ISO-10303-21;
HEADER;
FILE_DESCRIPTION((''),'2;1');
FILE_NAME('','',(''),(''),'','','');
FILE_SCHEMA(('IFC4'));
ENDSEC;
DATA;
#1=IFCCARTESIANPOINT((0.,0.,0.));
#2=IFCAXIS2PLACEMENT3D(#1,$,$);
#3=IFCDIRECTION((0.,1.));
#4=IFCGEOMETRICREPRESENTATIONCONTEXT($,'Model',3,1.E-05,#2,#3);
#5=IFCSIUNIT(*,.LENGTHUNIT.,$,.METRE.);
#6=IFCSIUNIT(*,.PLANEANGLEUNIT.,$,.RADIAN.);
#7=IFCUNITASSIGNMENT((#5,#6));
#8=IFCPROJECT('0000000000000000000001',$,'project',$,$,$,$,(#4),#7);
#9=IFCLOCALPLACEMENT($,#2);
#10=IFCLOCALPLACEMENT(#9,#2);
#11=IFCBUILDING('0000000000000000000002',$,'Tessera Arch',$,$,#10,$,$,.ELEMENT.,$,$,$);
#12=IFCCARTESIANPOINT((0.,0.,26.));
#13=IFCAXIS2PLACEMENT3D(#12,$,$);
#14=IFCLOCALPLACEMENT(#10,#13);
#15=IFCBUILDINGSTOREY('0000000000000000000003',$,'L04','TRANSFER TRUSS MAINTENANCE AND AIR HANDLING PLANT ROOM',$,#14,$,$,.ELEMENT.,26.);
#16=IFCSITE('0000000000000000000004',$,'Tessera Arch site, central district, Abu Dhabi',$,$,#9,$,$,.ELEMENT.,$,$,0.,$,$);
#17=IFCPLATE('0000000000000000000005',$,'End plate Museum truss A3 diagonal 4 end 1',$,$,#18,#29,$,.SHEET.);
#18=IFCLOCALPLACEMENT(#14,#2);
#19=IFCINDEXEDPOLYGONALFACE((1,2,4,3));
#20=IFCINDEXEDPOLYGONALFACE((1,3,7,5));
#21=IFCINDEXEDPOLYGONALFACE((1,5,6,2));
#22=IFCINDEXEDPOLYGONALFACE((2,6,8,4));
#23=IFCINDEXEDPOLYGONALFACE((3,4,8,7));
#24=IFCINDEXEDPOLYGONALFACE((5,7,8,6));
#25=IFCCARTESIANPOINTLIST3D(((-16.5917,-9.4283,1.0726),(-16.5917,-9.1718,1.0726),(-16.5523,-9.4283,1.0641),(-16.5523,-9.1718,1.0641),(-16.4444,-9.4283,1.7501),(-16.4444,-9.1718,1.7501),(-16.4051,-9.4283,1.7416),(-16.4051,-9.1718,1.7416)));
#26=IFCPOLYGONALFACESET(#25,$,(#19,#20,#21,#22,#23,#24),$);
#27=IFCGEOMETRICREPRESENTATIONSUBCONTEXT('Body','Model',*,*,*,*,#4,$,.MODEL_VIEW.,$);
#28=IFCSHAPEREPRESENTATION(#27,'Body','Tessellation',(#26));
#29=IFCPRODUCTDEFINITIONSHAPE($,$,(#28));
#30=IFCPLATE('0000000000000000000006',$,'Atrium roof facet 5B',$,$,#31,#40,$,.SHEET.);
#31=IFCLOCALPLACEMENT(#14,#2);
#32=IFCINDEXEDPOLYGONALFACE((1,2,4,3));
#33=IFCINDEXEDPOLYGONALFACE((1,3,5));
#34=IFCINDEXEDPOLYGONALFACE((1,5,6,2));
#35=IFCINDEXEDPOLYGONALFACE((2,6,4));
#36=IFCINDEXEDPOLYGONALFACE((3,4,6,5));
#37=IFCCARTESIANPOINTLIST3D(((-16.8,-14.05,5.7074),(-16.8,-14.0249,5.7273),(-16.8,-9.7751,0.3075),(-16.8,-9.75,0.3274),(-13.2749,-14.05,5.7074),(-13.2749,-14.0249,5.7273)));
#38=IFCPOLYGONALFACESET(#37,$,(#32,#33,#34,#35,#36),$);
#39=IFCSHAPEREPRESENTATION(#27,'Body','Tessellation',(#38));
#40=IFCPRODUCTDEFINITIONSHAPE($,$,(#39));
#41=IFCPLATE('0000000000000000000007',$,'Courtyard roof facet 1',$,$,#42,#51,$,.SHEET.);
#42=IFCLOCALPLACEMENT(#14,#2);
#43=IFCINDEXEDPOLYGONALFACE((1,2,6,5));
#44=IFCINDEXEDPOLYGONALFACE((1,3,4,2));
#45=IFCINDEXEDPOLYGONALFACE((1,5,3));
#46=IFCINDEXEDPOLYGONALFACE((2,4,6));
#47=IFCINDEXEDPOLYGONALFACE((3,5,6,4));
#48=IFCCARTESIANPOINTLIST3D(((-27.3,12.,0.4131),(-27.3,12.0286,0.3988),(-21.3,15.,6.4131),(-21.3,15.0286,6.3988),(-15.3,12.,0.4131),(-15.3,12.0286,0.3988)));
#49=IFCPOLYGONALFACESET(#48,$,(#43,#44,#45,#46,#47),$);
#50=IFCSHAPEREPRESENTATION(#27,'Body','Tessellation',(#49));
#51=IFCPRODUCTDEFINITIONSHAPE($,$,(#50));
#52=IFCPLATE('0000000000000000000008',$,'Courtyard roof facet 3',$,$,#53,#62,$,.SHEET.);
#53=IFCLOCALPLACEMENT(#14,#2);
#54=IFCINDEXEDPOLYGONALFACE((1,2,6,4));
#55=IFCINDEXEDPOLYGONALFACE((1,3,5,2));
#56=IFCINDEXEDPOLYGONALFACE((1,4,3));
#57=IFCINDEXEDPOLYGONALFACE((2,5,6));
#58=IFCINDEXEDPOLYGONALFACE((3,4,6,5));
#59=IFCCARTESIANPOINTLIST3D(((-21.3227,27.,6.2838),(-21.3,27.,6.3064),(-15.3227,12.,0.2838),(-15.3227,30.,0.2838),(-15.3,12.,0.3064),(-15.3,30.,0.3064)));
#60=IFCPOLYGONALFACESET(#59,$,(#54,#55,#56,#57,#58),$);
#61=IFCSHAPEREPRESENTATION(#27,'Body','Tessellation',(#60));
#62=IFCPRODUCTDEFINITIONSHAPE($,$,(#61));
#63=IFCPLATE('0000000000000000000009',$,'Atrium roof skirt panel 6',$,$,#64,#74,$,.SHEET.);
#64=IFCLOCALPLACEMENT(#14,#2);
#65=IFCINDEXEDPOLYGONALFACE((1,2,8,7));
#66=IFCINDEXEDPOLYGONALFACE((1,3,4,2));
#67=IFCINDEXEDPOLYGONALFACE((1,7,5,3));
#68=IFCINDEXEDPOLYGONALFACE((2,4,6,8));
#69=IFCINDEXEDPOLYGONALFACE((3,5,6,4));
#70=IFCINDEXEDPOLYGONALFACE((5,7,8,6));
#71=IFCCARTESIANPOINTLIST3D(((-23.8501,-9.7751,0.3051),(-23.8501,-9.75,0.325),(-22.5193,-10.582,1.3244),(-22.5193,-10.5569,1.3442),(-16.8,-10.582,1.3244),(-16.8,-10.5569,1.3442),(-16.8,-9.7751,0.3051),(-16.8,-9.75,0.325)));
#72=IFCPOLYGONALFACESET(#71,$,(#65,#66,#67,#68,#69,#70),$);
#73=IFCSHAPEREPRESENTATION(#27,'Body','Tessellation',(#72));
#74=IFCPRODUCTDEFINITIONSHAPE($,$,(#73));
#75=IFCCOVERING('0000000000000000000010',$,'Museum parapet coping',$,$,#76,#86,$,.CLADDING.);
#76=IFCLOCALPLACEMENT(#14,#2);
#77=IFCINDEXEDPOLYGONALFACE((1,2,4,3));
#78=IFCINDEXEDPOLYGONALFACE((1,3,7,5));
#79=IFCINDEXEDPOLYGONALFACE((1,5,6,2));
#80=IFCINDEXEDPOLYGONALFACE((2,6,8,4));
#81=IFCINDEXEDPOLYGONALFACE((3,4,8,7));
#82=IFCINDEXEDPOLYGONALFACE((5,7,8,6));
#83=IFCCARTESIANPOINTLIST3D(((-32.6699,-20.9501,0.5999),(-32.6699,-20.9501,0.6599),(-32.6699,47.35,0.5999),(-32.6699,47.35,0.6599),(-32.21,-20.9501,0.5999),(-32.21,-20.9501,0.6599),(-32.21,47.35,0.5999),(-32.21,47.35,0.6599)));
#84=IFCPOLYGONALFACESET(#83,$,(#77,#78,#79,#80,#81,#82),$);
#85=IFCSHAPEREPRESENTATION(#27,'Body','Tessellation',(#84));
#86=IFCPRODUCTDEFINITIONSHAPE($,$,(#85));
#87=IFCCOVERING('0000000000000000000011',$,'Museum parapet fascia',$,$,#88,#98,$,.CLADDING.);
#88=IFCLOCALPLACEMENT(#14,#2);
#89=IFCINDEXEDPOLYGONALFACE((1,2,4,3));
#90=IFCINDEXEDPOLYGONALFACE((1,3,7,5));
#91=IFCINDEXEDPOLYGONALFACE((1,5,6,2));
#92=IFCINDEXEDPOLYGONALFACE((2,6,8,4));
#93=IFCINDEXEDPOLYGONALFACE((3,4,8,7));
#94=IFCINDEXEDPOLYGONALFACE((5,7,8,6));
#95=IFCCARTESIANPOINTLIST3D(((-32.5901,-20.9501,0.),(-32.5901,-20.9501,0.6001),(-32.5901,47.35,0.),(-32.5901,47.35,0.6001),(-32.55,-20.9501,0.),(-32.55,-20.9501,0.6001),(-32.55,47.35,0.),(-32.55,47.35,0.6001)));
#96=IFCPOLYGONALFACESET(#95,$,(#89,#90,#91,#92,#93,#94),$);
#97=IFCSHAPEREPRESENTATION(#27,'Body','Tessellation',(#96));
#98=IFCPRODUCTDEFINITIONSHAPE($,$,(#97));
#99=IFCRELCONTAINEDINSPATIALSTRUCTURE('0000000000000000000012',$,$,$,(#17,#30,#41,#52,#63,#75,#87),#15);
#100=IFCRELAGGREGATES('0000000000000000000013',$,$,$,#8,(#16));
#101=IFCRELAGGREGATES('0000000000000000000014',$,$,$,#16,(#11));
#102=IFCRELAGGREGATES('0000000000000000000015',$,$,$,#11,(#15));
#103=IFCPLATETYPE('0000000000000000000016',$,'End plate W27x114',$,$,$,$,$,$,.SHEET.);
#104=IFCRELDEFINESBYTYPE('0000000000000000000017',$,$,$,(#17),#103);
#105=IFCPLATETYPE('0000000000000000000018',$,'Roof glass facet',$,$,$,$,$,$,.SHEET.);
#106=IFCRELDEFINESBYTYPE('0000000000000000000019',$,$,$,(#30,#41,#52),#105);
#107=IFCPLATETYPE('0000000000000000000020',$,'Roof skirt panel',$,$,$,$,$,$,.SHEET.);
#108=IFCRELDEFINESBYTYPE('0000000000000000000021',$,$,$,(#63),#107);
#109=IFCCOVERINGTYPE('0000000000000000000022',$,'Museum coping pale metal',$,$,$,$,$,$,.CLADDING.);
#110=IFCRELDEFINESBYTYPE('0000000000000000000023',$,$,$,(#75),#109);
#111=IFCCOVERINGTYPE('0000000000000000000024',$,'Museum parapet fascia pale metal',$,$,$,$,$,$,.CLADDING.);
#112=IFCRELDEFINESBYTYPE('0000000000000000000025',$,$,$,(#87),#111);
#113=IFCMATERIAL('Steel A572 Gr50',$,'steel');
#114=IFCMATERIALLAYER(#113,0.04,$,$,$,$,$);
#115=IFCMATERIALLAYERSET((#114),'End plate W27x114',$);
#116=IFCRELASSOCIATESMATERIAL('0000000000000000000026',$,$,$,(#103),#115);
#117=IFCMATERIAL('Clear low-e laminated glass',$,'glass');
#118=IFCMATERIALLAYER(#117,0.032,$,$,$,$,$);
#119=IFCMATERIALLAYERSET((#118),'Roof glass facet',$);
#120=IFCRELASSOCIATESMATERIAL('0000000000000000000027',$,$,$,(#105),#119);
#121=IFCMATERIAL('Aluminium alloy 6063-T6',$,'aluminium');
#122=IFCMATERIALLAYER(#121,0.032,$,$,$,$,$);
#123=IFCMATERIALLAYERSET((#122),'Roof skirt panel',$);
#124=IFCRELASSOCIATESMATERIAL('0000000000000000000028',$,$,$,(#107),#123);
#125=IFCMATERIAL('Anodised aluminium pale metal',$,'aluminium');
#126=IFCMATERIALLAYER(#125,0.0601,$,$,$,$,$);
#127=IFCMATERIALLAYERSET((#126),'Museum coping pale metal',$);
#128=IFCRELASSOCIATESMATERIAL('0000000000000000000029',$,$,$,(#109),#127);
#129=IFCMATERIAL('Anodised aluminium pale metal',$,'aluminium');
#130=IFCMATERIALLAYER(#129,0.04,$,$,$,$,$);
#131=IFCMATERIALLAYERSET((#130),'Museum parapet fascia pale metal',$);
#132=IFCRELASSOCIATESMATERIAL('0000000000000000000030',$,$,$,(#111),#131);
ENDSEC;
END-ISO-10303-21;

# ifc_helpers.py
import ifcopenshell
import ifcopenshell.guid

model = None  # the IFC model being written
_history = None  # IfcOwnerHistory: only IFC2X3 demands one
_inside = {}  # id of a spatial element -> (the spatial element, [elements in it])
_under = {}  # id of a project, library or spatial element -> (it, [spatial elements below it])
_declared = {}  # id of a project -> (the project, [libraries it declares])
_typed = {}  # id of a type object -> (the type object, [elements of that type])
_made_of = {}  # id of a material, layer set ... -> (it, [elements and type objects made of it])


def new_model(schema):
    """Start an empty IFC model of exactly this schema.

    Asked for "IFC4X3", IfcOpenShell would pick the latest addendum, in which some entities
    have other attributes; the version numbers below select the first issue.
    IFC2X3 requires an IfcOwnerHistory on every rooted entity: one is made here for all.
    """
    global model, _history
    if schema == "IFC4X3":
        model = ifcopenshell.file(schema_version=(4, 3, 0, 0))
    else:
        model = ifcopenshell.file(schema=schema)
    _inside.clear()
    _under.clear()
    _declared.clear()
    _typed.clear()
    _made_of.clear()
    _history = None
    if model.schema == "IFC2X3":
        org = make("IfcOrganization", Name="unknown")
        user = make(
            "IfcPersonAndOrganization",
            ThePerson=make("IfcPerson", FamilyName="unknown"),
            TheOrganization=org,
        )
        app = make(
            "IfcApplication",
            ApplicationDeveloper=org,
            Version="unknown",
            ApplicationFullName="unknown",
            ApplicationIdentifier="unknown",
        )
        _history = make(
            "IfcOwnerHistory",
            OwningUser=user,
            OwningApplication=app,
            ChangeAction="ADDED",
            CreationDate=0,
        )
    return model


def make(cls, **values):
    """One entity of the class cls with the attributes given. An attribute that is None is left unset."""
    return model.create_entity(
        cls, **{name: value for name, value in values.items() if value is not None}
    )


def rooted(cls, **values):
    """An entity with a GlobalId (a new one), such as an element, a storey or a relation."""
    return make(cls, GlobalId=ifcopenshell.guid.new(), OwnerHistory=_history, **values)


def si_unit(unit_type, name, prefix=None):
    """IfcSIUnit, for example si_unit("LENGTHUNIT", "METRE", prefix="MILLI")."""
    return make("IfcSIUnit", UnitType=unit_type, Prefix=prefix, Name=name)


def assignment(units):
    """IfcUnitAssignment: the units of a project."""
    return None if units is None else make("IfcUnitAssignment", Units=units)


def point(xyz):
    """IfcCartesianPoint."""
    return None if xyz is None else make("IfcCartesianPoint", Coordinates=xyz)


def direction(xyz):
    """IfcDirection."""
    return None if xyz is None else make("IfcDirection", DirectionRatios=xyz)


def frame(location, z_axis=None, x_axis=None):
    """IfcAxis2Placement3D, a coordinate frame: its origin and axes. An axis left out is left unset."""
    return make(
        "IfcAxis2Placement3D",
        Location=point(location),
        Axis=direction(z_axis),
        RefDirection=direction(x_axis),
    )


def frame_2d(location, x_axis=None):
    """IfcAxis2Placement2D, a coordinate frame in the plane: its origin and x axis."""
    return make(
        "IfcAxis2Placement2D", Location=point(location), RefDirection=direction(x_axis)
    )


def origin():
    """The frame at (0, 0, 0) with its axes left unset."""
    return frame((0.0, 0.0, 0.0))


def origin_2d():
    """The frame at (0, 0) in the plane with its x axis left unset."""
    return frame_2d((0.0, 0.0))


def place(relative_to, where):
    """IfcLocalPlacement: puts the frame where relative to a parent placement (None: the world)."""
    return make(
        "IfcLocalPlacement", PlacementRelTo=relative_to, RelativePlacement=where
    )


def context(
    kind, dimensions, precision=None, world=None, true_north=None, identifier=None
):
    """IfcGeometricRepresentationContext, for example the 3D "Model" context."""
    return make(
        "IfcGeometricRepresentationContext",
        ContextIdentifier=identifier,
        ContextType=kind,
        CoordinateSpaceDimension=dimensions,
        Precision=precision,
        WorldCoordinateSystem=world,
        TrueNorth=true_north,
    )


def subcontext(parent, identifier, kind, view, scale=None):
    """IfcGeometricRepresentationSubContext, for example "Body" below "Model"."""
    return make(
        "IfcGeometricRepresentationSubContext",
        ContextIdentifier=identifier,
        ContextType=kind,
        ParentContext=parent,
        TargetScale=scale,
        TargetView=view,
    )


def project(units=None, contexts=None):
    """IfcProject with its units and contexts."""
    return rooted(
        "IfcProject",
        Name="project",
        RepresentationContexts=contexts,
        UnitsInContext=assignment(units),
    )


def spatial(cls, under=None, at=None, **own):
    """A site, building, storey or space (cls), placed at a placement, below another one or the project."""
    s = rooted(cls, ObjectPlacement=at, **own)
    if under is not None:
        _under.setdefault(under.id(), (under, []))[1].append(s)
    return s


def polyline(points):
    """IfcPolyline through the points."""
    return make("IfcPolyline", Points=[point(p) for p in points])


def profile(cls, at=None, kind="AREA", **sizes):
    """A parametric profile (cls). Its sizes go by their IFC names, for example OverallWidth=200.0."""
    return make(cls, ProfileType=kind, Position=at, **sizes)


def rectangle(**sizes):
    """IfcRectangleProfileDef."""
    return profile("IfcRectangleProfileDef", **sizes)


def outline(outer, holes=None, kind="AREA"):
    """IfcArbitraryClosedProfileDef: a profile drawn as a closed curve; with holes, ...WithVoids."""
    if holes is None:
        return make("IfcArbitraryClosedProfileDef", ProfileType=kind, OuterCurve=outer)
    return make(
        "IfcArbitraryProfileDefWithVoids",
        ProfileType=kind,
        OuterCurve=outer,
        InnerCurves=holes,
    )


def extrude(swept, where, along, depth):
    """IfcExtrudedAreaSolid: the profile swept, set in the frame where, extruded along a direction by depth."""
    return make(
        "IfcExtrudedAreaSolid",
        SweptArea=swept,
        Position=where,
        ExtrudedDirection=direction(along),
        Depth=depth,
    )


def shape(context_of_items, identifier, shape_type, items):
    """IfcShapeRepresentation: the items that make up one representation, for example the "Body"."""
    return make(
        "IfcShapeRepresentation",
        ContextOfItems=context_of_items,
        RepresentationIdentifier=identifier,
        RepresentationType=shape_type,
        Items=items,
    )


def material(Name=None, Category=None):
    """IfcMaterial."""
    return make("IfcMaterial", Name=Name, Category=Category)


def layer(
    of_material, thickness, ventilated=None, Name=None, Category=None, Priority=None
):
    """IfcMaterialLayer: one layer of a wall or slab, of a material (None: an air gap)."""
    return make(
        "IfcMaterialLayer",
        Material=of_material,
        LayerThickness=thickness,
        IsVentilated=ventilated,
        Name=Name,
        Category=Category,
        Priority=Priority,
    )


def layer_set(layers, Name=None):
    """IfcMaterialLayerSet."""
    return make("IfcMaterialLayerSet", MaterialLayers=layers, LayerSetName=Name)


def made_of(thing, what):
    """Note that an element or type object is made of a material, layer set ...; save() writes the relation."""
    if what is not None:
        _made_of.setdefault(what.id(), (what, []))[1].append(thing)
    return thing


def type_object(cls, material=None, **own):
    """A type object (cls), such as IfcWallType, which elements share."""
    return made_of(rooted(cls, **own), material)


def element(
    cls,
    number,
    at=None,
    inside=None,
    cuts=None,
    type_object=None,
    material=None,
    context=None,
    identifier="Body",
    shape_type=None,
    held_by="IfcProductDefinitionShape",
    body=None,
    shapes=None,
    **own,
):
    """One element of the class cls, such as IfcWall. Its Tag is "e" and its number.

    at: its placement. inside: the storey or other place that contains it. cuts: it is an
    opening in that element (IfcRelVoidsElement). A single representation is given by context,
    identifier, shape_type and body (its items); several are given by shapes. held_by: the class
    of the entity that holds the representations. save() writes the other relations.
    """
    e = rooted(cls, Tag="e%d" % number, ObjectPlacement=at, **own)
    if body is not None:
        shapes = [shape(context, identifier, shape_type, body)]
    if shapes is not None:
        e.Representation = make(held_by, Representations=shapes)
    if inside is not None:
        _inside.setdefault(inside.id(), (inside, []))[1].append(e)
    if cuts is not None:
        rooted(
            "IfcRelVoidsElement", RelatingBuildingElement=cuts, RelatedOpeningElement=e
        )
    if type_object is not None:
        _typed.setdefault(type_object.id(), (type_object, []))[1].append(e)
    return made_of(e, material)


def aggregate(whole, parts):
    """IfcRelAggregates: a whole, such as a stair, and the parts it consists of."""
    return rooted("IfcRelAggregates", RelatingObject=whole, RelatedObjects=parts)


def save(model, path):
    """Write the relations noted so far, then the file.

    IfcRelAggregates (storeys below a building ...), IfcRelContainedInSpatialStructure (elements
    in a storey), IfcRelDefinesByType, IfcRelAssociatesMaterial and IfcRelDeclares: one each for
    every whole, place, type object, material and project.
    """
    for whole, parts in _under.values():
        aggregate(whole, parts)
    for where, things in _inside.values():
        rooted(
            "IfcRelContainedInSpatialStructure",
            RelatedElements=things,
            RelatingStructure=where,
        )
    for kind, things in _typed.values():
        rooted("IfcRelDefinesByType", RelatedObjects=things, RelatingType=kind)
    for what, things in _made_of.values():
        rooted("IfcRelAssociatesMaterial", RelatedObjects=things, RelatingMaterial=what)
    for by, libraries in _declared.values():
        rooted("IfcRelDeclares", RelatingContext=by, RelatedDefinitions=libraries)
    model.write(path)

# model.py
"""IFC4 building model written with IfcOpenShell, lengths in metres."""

from ifc_helpers import new_model, si_unit, direction, frame, origin, origin_2d, place, context, subcontext, project, spatial, polyline, rectangle, outline, extrude, material, layer, layer_set, type_object, element, save


model = new_model("IFC4")

# Units and contexts
model_context = context("Model", 3, precision=1e-05, world=origin(), true_north=direction((0.0, 1.0)))
body_context = subcontext(model_context, "Body", "Model", "MODEL_VIEW")
ifc_project = project(units=[si_unit("LENGTHUNIT", "METRE"), si_unit("PLANEANGLEUNIT", "RADIAN")], contexts=[model_context])

# Site, building, storey
site_placement = place(None, origin())
site = spatial("IfcSite", under=ifc_project, at=site_placement, Name="Tessera Arch site, central district, Abu Dhabi", CompositionType="ELEMENT", RefElevation=0.0)
building_placement = place(site_placement, origin())
building = spatial("IfcBuilding", under=site, at=building_placement, Name="Tessera Arch", CompositionType="ELEMENT")
storey_placement = place(building_placement, frame((0.0, 0.0, 26.0)))
storey = spatial("IfcBuildingStorey", under=building, at=storey_placement, Name="L04", Description="TRANSFER TRUSS MAINTENANCE AND AIR HANDLING PLANT ROOM", CompositionType="ELEMENT", Elevation=26.0)

# Plates
ifc_material_1 = material(Name="Steel A572 Gr50", Category="steel")
ifc_layer_1 = layer(ifc_material_1, 0.04)
ifc_layer_set_1 = layer_set([ifc_layer_1], Name="End plate W27x114")
plate_type_1 = type_object("IfcPlateType", Name="End plate W27x114", PredefinedType="SHEET", material=ifc_layer_set_1)
plate_1_placement = place(storey_placement, frame((-16.5181, -9.3, 1.4114), z_axis=(0.977176, 0.0, -0.21243), x_axis=(0.0, 1.0, 0.0)))
element("IfcPlate", 1, at=plate_1_placement, inside=storey, type_object=plate_type_1, Name="End plate Museum truss A3 diagonal 4 end 1", PredefinedType="SHEET", context=body_context, shape_type="SweptSolid", body=[
    extrude(rectangle(XDim=0.2566, YDim=0.6934, at=origin_2d()), origin(), (0.0, 0.0, 1.0), 0.0403),
])
ifc_material_2 = material(Name="Clear low-e laminated glass", Category="glass")
ifc_layer_2 = layer(ifc_material_2, 0.032)
ifc_layer_set_2 = layer_set([ifc_layer_2], Name="Roof glass facet")
plate_type_2 = type_object("IfcPlateType", Name="Roof glass facet", PredefinedType="SHEET", material=ifc_layer_set_2)
plate_2_placement = place(storey_placement, frame((-16.8, -9.75, 0.3274), z_axis=(0.0, 0.784047, 0.620701), x_axis=(0.0, -0.620701, 0.784047)))
element("IfcPlate", 2, at=plate_2_placement, inside=storey, type_object=plate_type_2, Name="Atrium roof facet 5B", PredefinedType="SHEET", context=body_context, shape_type="SweptSolid", body=[
    extrude(outline(polyline([(0.0, 0.0), (6.8872, 0.0), (6.8872, 3.5251), (0.0, 0.0)])), origin(), (0.0, 0.0, -1.0), 0.032),
])
plate_3_placement = place(storey_placement, frame((-27.3, 12.0, 0.4131), z_axis=(0.0, -0.894427, 0.447214), x_axis=(1.0, 0.0, 0.0)))
element("IfcPlate", 3, at=plate_3_placement, inside=storey, type_object=plate_type_2, Name="Courtyard roof facet 1", PredefinedType="SHEET", context=body_context, shape_type="SweptSolid", body=[
    extrude(outline(polyline([(0.0, 0.0), (12.0, 0.0), (6.0, 6.7082), (0.0, 0.0)])), origin(), (0.0, 0.0, -1.0), 0.032),
])
plate_4_placement = place(storey_placement, frame((-15.3, 12.0, 0.3064), z_axis=(0.707107, 0.0, 0.707107), x_axis=(0.0, 1.0, 0.0)))
element("IfcPlate", 4, at=plate_4_placement, inside=storey, type_object=plate_type_2, Name="Courtyard roof facet 3", PredefinedType="SHEET", context=body_context, shape_type="SweptSolid", body=[
    extrude(outline(polyline([(0.0, 0.0), (18.0, 0.0), (15.0, 8.4853), (0.0, 0.0)])), origin(), (0.0, 0.0, -1.0), 0.032),
])
ifc_material_3 = material(Name="Aluminium alloy 6063-T6", Category="aluminium")
ifc_layer_3 = layer(ifc_material_3, 0.032)
ifc_layer_set_3 = layer_set([ifc_layer_3], Name="Roof skirt panel")
plate_type_3 = type_object("IfcPlateType", Name="Roof skirt panel", PredefinedType="SHEET", material=ifc_layer_set_3)
plate_5_placement = place(storey_placement, frame((-16.8, -9.75, 0.325), z_axis=(0.0, 0.784065, 0.620679), x_axis=(-1.0, 0.0, 0.0)))
element("IfcPlate", 5, at=plate_5_placement, inside=storey, type_object=plate_type_3, Name="Atrium roof skirt panel 6", PredefinedType="SHEET", context=body_context, shape_type="SweptSolid", body=[
    extrude(outline(polyline([(0.0, 0.0), (7.05, 0.0), (5.7192, 1.3), (0.0, 1.3), (0.0, 0.0)])), origin(), (0.0, 0.0, -1.0), 0.032),
])

# Coverings
ifc_material_4 = material(Name="Anodised aluminium pale metal", Category="aluminium")
ifc_layer_4 = layer(ifc_material_4, 0.0601)
ifc_layer_set_4 = layer_set([ifc_layer_4], Name="Museum coping pale metal")
covering_type_1 = type_object("IfcCoveringType", Name="Museum coping pale metal", PredefinedType="CLADDING", material=ifc_layer_set_4)
covering_1_placement = place(storey_placement, frame((-32.4399, 13.2, 0.5999), z_axis=(0.0, 0.0, 1.0), x_axis=(0.0, -1.0, 0.0)))
element("IfcCovering", 6, at=covering_1_placement, inside=storey, type_object=covering_type_1, Name="Museum parapet coping", PredefinedType="CLADDING", context=body_context, shape_type="SweptSolid", body=[
    extrude(rectangle(XDim=68.3, YDim=0.46, at=origin_2d()), origin(), (0.0, 0.0, 1.0), 0.0601),
])
ifc_material_5 = material(Name="Anodised aluminium pale metal", Category="aluminium")
ifc_layer_5 = layer(ifc_material_5, 0.04)
ifc_layer_set_5 = layer_set([ifc_layer_5], Name="Museum parapet fascia pale metal")
covering_type_2 = type_object("IfcCoveringType", Name="Museum parapet fascia pale metal", PredefinedType="CLADDING", material=ifc_layer_set_5)
covering_2_placement = place(storey_placement, frame((-32.5701, 13.2, 0.0), z_axis=(0.0, 0.0, 1.0), x_axis=(0.0, -1.0, 0.0)))
element("IfcCovering", 7, at=covering_2_placement, inside=storey, type_object=covering_type_2, Name="Museum parapet fascia", PredefinedType="CLADDING", context=body_context, shape_type="SweptSolid", body=[
    extrude(rectangle(XDim=68.3, YDim=0.04, at=origin_2d()), origin(), (0.0, 0.0, 1.0), 0.6001),
])

save(model, "model.ifc")
